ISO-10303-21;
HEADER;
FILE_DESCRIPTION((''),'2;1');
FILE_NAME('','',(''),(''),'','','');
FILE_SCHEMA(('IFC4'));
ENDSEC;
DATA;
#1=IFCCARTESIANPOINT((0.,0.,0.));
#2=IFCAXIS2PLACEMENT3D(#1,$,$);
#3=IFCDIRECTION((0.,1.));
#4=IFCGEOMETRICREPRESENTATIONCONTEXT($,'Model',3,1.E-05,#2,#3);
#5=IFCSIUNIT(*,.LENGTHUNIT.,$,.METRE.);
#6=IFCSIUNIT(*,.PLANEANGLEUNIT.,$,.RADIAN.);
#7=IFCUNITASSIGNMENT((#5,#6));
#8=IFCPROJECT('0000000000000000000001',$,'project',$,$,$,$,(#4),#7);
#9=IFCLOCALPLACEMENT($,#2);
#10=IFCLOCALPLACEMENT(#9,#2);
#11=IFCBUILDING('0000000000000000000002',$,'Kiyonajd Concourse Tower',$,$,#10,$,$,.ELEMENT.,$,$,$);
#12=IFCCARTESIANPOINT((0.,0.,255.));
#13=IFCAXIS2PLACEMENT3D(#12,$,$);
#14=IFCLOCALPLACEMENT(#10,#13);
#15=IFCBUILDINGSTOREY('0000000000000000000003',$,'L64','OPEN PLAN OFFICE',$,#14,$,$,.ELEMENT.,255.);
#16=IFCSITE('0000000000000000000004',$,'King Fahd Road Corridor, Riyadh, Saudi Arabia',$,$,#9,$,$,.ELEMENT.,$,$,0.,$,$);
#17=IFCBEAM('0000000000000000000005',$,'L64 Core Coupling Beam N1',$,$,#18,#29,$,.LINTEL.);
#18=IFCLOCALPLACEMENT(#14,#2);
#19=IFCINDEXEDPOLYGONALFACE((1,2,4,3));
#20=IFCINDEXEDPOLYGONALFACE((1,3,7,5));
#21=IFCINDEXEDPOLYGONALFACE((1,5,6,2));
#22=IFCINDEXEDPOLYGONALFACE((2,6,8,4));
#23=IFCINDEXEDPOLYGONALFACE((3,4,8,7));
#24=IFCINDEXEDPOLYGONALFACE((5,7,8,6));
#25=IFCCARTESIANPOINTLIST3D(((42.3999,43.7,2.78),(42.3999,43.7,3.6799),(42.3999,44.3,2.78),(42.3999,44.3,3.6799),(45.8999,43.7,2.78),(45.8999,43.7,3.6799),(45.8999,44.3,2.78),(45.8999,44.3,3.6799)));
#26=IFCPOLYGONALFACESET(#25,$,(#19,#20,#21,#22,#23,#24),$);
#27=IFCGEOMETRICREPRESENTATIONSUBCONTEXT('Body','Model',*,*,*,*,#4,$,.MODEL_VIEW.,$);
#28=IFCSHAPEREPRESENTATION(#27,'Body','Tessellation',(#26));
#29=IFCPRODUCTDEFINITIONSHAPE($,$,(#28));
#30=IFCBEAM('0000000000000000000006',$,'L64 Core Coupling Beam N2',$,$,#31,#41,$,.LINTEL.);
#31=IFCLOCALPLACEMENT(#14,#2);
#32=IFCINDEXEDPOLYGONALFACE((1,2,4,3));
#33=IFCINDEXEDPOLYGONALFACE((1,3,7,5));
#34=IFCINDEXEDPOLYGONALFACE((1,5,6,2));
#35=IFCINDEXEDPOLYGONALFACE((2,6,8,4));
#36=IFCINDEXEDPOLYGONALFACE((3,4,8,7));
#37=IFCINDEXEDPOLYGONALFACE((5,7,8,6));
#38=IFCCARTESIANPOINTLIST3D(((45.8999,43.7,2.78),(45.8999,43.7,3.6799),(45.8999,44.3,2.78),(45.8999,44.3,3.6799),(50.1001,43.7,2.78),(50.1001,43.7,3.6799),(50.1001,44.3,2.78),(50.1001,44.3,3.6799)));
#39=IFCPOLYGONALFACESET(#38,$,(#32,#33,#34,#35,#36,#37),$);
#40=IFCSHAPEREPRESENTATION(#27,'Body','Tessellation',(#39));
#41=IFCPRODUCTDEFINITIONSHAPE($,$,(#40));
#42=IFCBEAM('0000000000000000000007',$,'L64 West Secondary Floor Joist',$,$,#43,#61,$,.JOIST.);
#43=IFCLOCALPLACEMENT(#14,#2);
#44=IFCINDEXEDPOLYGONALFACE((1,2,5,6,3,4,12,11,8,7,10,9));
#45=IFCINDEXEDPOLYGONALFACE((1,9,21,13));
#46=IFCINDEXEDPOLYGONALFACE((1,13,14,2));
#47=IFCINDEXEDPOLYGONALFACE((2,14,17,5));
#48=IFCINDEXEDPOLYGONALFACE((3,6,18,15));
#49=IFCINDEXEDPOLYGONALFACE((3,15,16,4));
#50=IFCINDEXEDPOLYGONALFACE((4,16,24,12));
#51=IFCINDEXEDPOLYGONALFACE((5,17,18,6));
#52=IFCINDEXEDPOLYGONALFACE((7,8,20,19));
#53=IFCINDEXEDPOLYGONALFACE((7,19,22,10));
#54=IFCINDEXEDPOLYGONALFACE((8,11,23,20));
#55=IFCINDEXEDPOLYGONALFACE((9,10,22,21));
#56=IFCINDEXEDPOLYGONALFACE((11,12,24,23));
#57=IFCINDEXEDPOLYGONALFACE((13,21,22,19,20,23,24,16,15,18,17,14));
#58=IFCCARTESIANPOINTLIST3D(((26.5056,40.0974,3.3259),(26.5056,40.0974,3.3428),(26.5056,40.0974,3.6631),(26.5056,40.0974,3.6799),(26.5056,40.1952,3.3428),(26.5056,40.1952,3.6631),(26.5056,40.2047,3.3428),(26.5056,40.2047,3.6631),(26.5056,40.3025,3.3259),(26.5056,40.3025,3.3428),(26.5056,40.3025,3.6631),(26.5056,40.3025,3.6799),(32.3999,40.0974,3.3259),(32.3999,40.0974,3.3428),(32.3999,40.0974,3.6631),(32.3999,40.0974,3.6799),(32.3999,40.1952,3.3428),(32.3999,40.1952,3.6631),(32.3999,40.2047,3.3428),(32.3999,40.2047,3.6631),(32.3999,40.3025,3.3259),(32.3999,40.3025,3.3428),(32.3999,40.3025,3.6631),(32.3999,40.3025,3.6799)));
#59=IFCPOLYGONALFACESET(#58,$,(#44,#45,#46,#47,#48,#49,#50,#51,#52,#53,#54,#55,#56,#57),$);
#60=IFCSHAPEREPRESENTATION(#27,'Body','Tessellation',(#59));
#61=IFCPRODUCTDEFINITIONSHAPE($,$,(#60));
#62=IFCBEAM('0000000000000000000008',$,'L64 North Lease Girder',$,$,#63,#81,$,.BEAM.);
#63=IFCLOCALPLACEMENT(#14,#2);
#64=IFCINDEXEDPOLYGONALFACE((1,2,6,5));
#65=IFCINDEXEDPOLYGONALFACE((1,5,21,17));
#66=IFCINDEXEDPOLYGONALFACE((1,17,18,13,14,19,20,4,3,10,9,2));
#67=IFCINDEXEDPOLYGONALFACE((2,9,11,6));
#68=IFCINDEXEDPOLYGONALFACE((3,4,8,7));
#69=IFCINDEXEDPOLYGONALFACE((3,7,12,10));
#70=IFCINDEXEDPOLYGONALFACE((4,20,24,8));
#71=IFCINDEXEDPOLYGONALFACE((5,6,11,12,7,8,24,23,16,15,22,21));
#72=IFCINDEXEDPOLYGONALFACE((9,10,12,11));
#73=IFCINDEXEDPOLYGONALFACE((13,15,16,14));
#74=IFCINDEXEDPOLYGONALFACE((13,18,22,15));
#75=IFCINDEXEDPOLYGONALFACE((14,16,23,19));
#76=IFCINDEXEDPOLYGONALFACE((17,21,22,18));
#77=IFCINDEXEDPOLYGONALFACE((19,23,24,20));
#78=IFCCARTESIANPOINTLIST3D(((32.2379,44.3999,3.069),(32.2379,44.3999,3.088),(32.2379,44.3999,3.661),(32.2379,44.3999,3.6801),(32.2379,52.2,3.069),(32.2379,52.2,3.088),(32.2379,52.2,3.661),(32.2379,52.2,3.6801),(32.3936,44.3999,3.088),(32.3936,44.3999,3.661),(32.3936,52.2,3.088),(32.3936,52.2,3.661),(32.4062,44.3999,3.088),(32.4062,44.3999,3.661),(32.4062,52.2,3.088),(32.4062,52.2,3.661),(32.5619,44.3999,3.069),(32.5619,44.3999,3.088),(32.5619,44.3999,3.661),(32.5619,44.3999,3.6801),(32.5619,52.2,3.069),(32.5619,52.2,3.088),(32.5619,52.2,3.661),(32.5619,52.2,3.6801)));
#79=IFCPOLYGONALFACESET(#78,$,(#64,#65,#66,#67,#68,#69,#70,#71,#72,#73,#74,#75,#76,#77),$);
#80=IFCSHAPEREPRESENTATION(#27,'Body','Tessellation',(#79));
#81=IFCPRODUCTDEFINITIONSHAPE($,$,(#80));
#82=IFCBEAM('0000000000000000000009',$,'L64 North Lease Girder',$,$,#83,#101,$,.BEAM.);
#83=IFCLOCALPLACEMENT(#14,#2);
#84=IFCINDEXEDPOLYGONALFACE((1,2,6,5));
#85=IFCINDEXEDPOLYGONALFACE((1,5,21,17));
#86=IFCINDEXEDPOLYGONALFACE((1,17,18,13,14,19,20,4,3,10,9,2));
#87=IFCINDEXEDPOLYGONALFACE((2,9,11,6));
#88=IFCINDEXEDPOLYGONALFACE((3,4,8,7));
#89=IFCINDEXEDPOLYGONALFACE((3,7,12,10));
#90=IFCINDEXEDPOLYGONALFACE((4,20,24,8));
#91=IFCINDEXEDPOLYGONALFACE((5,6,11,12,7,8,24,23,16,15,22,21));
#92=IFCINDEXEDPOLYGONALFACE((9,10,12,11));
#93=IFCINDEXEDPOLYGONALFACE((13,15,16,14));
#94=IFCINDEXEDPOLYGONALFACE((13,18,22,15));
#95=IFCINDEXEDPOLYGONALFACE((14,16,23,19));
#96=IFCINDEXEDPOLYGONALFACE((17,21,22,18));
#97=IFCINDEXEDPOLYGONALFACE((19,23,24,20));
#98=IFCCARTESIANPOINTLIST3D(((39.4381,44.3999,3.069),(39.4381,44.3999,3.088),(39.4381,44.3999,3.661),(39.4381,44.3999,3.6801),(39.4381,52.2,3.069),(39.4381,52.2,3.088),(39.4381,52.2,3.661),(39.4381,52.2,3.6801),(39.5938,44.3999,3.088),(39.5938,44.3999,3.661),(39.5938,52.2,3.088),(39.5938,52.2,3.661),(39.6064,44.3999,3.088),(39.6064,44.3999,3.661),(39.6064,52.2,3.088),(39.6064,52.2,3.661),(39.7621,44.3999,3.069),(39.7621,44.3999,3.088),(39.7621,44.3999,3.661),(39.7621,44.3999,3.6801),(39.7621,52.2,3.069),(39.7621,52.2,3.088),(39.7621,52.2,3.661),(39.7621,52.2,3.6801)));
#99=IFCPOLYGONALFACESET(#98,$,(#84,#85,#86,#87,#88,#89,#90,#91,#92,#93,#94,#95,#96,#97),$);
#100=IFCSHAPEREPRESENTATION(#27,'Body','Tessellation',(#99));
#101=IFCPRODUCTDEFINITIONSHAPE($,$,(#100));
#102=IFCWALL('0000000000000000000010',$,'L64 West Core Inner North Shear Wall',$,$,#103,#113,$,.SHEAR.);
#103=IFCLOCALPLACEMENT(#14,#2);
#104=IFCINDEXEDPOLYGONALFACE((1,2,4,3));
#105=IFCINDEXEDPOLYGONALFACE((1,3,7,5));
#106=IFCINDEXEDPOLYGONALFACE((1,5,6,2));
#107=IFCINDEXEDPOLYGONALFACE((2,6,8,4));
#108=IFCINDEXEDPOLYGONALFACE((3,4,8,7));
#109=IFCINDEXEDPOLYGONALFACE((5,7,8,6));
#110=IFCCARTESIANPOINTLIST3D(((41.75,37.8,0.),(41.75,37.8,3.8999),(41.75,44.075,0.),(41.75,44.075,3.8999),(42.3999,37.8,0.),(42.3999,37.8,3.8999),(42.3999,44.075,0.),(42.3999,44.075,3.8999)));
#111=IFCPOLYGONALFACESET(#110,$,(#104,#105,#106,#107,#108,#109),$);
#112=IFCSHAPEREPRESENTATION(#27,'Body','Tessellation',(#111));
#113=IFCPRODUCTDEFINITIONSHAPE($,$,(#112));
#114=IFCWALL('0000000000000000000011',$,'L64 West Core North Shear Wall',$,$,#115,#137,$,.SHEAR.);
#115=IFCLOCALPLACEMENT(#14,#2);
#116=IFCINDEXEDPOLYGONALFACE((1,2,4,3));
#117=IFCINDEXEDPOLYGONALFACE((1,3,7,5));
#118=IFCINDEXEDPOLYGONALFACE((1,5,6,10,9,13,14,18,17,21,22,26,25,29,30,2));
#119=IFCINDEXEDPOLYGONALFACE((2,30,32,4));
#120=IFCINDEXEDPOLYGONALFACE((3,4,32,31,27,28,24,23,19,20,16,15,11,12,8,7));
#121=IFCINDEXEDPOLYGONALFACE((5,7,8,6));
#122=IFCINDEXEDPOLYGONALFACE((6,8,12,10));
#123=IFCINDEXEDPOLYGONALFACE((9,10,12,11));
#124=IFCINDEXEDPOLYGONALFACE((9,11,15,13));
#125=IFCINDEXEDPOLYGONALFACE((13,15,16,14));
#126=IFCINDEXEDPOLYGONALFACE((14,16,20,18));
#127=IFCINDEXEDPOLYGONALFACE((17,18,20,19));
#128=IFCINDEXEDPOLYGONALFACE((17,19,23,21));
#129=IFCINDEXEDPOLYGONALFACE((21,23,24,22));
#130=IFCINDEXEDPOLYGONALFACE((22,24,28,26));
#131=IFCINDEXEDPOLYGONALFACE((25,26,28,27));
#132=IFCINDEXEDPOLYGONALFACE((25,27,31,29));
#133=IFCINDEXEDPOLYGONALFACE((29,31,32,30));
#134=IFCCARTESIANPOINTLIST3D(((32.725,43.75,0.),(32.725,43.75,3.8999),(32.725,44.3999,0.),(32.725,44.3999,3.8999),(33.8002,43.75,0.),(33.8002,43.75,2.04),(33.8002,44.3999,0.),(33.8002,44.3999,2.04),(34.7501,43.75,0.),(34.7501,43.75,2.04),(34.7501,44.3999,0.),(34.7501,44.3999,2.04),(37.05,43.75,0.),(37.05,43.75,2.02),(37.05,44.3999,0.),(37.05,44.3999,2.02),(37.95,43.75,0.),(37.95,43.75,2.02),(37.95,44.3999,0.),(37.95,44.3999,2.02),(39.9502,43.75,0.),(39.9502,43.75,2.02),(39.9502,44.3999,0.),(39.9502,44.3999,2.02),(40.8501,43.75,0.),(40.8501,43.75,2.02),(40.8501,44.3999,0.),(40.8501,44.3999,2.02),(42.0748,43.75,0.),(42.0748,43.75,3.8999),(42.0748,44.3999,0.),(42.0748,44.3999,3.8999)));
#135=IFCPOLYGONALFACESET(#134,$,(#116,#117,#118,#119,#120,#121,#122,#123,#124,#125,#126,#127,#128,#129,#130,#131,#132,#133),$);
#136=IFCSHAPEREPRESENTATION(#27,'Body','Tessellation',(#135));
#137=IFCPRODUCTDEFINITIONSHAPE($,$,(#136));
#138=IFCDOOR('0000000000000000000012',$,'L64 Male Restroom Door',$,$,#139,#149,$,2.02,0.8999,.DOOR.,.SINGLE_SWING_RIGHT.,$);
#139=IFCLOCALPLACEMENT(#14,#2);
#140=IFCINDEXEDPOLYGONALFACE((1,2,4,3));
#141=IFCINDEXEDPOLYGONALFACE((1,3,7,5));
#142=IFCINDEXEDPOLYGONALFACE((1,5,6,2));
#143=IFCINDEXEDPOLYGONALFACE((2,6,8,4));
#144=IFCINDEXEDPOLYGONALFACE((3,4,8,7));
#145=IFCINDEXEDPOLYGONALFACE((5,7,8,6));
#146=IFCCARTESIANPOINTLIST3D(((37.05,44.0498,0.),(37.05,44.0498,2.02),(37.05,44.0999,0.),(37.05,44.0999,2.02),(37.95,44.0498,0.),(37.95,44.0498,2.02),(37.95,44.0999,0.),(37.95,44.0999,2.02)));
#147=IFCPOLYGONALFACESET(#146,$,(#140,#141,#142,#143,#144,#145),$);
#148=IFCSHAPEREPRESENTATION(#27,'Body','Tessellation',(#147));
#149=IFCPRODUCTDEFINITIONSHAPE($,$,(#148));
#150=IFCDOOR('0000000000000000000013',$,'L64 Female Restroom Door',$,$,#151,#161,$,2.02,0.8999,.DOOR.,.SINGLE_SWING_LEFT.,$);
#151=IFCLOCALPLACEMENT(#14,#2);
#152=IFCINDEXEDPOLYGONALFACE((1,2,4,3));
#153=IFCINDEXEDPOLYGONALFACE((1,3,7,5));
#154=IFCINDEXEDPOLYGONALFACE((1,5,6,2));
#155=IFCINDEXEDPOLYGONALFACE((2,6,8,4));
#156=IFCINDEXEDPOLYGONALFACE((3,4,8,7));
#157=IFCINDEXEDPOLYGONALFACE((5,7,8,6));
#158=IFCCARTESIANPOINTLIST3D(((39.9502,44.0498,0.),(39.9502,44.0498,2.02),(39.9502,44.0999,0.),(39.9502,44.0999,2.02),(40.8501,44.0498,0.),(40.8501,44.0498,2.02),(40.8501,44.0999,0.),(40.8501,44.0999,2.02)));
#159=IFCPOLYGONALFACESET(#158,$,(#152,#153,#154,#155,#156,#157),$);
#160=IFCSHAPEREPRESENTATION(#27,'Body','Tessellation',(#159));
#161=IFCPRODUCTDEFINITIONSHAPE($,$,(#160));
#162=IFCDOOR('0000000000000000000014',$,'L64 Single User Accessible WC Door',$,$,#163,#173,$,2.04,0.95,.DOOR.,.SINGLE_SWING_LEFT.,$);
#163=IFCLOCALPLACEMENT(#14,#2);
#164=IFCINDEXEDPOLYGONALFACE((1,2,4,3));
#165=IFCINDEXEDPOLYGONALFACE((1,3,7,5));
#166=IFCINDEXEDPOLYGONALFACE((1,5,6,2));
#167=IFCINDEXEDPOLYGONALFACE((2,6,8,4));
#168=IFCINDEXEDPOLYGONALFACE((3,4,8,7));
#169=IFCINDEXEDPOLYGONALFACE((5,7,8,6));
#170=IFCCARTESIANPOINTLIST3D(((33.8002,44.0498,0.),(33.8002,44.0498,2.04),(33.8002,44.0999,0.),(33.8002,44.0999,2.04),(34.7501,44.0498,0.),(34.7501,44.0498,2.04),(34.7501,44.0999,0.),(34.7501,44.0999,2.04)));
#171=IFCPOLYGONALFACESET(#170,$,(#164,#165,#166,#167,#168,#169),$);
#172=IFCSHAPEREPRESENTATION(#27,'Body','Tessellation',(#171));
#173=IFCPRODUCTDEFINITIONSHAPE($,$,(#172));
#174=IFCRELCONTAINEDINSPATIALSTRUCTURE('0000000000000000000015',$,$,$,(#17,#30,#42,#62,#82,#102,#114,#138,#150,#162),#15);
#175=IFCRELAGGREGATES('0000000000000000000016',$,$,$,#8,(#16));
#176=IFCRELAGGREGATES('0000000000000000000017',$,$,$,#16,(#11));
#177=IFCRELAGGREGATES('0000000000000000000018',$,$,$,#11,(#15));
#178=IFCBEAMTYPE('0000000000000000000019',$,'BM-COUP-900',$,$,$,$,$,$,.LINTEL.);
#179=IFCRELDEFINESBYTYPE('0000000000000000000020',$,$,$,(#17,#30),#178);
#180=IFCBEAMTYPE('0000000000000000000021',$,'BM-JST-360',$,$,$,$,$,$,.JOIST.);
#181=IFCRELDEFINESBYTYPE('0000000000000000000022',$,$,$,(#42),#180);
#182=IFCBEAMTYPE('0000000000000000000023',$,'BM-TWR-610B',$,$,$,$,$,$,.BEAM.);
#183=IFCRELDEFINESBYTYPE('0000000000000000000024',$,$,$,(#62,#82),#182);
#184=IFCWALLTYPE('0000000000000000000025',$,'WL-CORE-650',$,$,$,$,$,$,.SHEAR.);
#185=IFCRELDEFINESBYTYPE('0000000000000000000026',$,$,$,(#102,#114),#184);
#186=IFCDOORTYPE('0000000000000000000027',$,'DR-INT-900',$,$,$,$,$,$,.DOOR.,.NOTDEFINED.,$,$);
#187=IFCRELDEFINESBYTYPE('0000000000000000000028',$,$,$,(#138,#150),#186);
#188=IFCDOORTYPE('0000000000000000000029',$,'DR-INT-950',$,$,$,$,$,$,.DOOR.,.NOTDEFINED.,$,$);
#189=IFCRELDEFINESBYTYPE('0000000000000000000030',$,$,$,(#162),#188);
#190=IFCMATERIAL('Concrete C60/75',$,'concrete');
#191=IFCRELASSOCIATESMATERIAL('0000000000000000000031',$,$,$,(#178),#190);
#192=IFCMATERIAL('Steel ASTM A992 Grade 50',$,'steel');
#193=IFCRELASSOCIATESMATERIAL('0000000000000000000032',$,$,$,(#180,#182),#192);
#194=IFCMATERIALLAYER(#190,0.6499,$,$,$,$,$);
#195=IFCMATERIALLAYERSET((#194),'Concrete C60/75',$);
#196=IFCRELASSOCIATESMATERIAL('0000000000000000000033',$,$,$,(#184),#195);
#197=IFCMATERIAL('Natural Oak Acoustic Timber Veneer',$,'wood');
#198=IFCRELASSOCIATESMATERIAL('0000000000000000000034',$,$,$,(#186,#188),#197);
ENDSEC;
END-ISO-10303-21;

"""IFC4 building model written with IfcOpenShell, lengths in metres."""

from ifc_helpers import new_model, si_unit, direction, frame, frame_2d, origin, origin_2d, place, context, subcontext, project, spatial, rectangle, i_section, extrude, material, layer, layer_set, material_profile, profile_set, type_object, element, fill, save


model = new_model("IFC4")

# Units and contexts
model_context = context("Model", 3, precision=1e-05, world=origin(), true_north=direction((0.0, 1.0)))
body_context = subcontext(model_context, "Body", "Model", "MODEL_VIEW")
ifc_project = project(units=[si_unit("LENGTHUNIT", "METRE"), si_unit("PLANEANGLEUNIT", "RADIAN")], contexts=[model_context])

# Site, building, storey
site_placement = place(None, origin())
site = spatial("IfcSite", under=ifc_project, at=site_placement, Name="King Fahd Road Corridor, Riyadh, Saudi Arabia", CompositionType="ELEMENT", RefElevation=0.0)
building_placement = place(site_placement, origin())
building = spatial("IfcBuilding", under=site, at=building_placement, Name="Kiyonajd Concourse Tower", CompositionType="ELEMENT")
storey_placement = place(building_placement, frame((0.0, 0.0, 255.0)))
storey = spatial("IfcBuildingStorey", under=building, at=storey_placement, Name="L64", Description="OPEN PLAN OFFICE", CompositionType="ELEMENT", Elevation=255.0)

# Beams
ifc_material_1 = material(Name="Concrete C60/75", Category="concrete")
ifc_material_profile_1 = material_profile(ifc_material_1, rectangle(XDim=0.6001, YDim=0.8999, at=origin_2d()), Name="RCBM-600x900")
ifc_profile_set_1 = profile_set([ifc_material_profile_1], Name="Concrete C60/75")
beam_type_1 = type_object("IfcBeamType", Name="BM-COUP-900", PredefinedType="LINTEL", material=ifc_profile_set_1)
beam_1_placement = place(storey_placement, frame((42.3999, 44.0, 3.23), z_axis=(1.0, 0.0, 0.0), x_axis=(0.0, 1.0, 0.0)))
element("IfcBeam", 1, at=beam_1_placement, inside=storey, type_object=beam_type_1, Name="L64 Core Coupling Beam N1", PredefinedType="LINTEL", context=body_context, shape_type="SweptSolid", body=[
    extrude(rectangle(XDim=0.6001, YDim=0.8999, at=origin_2d()), origin(), (0.0, 0.0, 1.0), 3.5),
])
beam_2_placement = place(storey_placement, frame((45.8999, 44.0, 3.23), z_axis=(1.0, 0.0, 0.0), x_axis=(0.0, 1.0, 0.0)))
element("IfcBeam", 2, at=beam_2_placement, inside=storey, type_object=beam_type_1, Name="L64 Core Coupling Beam N2", PredefinedType="LINTEL", context=body_context, shape_type="SweptSolid", body=[
    extrude(rectangle(XDim=0.6001, YDim=0.8999, at=origin_2d()), origin(), (0.0, 0.0, 1.0), 4.2002),
])
ifc_material_2 = material(Name="Steel ASTM A992 Grade 50", Category="steel")
ifc_material_profile_2 = material_profile(ifc_material_2, i_section(OverallWidth=0.2051, OverallDepth=0.354, WebThickness=0.0095, FlangeThickness=0.0168, at=origin_2d()), Name="W360X79")
ifc_profile_set_2 = profile_set([ifc_material_profile_2], Name="Steel ASTM A992 Grade 50")
beam_type_2 = type_object("IfcBeamType", Name="BM-JST-360", PredefinedType="JOIST", material=ifc_profile_set_2)
beam_3_placement = place(storey_placement, frame((26.5056, 40.2, 3.5029), z_axis=(1.0, 0.0, 0.0), x_axis=(0.0, 1.0, 0.0)))
element("IfcBeam", 3, at=beam_3_placement, inside=storey, type_object=beam_type_2, Name="L64 West Secondary Floor Joist", PredefinedType="JOIST", context=body_context, shape_type="SweptSolid", body=[
    extrude(i_section(OverallWidth=0.2051, OverallDepth=0.354, WebThickness=0.0095, FlangeThickness=0.0168, at=origin_2d()), origin(), (0.0, 0.0, 1.0), 5.8943),
])
ifc_material_profile_3 = material_profile(ifc_material_2, i_section(OverallWidth=0.324, OverallDepth=0.6111, WebThickness=0.0127, FlangeThickness=0.019, at=origin_2d()), Name="W610X155")
ifc_profile_set_3 = profile_set([ifc_material_profile_3], Name="Steel ASTM A992 Grade 50")
beam_type_3 = type_object("IfcBeamType", Name="BM-TWR-610B", PredefinedType="BEAM", material=ifc_profile_set_3)
for number, where, z_axis, x_axis, name in (
    (4, (32.3999, 44.3999, 3.3745), (0.0, 1.0, 0.0), (-1.0, 0.0, 0.0), "L64 North Lease Girder"),
    (5, (39.6001, 44.3999, 3.3745), (0.0, 1.0, 0.0), (-1.0, 0.0, 0.0), "L64 North Lease Girder"),
):
    element("IfcBeam", number, at=place(storey_placement, frame(where, z_axis=z_axis, x_axis=x_axis)), inside=storey, type_object=beam_type_3, Name=name, PredefinedType="BEAM", context=body_context, shape_type="SweptSolid", body=[
        extrude(i_section(OverallWidth=0.324, OverallDepth=0.6111, WebThickness=0.0127, FlangeThickness=0.019, at=origin_2d()), origin(), (0.0, 0.0, 1.0), 7.8),
    ])

# Wall
ifc_layer_1 = layer(ifc_material_1, 0.6499)
ifc_layer_set_1 = layer_set([ifc_layer_1], Name="Concrete C60/75")
wall_type_1 = type_object("IfcWallType", Name="WL-CORE-650", PredefinedType="SHEAR", material=ifc_layer_set_1)
wall_1_placement = place(storey_placement, frame((42.075, 37.8, 0.0), z_axis=(0.0, 0.0, 1.0), x_axis=(0.0, 1.0, 0.0)))
element("IfcWall", 6, at=wall_1_placement, inside=storey, type_object=wall_type_1, Name="L64 West Core Inner North Shear Wall", PredefinedType="SHEAR", context=body_context, shape_type="SweptSolid", body=[
    extrude(rectangle(XDim=6.2749, YDim=0.6499, at=frame_2d((3.1375, 0.0))), origin(), (0.0, 0.0, 1.0), 3.8999),
])

# Wall, openings, doors
wall_2_placement = place(storey_placement, frame((32.7251, 44.075, 0.0), z_axis=(0.0, 0.0, 1.0), x_axis=(1.0, 0.0, 0.0)))
wall_2 = element("IfcWall", 7, at=wall_2_placement, inside=storey, type_object=wall_type_1, Name="L64 West Core North Shear Wall", PredefinedType="SHEAR", context=body_context, shape_type="SweptSolid", body=[
    extrude(rectangle(XDim=9.3499, YDim=0.6499, at=frame_2d((4.6748, 0.0))), origin(), (0.0, 0.0, 1.0), 3.8999),
])
opening_1_placement = place(wall_2_placement, frame((1.075, 0.0, 0.0)))
opening_1 = element("IfcOpeningElement", 8, at=opening_1_placement, cuts=wall_2, PredefinedType="OPENING", context=body_context, shape_type="SweptSolid", body=[
    extrude(rectangle(XDim=0.95, YDim=2.04, at=frame_2d((0.4751, 1.02))), frame((0.0, 0.335, 0.0), z_axis=(0.0, -1.0, 0.0), x_axis=(1.0, 0.0, 0.0)), (0.0, 0.0, 1.0), 0.6699),
])
opening_2_placement = place(wall_2_placement, frame((4.325, 0.0, 0.0)))
opening_2 = element("IfcOpeningElement", 9, at=opening_2_placement, cuts=wall_2, PredefinedType="OPENING", context=body_context, shape_type="SweptSolid", body=[
    extrude(rectangle(XDim=0.8999, YDim=2.02, at=frame_2d((0.45, 1.01))), frame((0.0, 0.335, 0.0), z_axis=(0.0, -1.0, 0.0), x_axis=(1.0, 0.0, 0.0)), (0.0, 0.0, 1.0), 0.6699),
])
opening_3_placement = place(wall_2_placement, frame((7.2251, 0.0, 0.0)))
opening_3 = element("IfcOpeningElement", 10, at=opening_3_placement, cuts=wall_2, PredefinedType="OPENING", context=body_context, shape_type="SweptSolid", body=[
    extrude(rectangle(XDim=0.8999, YDim=2.02, at=frame_2d((0.45, 1.01))), frame((0.0, 0.335, 0.0), z_axis=(0.0, -1.0, 0.0), x_axis=(1.0, 0.0, 0.0)), (0.0, 0.0, 1.0), 0.6699),
])
ifc_material_3 = material(Name="Natural Oak Acoustic Timber Veneer", Category="wood")
door_type_1 = type_object("IfcDoorType", Name="DR-INT-900", OperationType="NOTDEFINED", PredefinedType="DOOR", material=ifc_material_3)
door_1_placement = place(opening_2_placement, origin())
door_1 = element("IfcDoor", 11, at=door_1_placement, inside=storey, type_object=door_type_1, Name="L64 Male Restroom Door", OperationType="SINGLE_SWING_RIGHT", OverallHeight=2.02, OverallWidth=0.8999, PredefinedType="DOOR", context=body_context, shape_type="SweptSolid", body=[
    extrude(rectangle(XDim=0.8999, YDim=2.02, at=frame_2d((0.45, 1.01))), frame((0.0, 0.0249, 0.0), z_axis=(0.0, -1.0, 0.0), x_axis=(1.0, 0.0, 0.0)), (0.0, 0.0, 1.0), 0.05),
])
fill(opening_2, door_1)
door_2_placement = place(opening_3_placement, origin())
door_2 = element("IfcDoor", 12, at=door_2_placement, inside=storey, type_object=door_type_1, Name="L64 Female Restroom Door", OperationType="SINGLE_SWING_LEFT", OverallHeight=2.02, OverallWidth=0.8999, PredefinedType="DOOR", context=body_context, shape_type="SweptSolid", body=[
    extrude(rectangle(XDim=0.8999, YDim=2.02, at=frame_2d((0.45, 1.01))), frame((0.0, 0.0249, 0.0), z_axis=(0.0, -1.0, 0.0), x_axis=(1.0, 0.0, 0.0)), (0.0, 0.0, 1.0), 0.05),
])
fill(opening_3, door_2)
door_type_2 = type_object("IfcDoorType", Name="DR-INT-950", OperationType="NOTDEFINED", PredefinedType="DOOR", material=ifc_material_3)
door_3_placement = place(opening_1_placement, origin())
door_3 = element("IfcDoor", 13, at=door_3_placement, inside=storey, type_object=door_type_2, Name="L64 Single User Accessible WC Door", OperationType="SINGLE_SWING_LEFT", OverallHeight=2.04, OverallWidth=0.95, PredefinedType="DOOR", context=body_context, shape_type="SweptSolid", body=[
    extrude(rectangle(XDim=0.95, YDim=2.04, at=frame_2d((0.4751, 1.02))), frame((0.0, 0.0249, 0.0), z_axis=(0.0, -1.0, 0.0), x_axis=(1.0, 0.0, 0.0)), (0.0, 0.0, 1.0), 0.05),
])
fill(opening_1, door_3)

save(model, "model.ifc")
